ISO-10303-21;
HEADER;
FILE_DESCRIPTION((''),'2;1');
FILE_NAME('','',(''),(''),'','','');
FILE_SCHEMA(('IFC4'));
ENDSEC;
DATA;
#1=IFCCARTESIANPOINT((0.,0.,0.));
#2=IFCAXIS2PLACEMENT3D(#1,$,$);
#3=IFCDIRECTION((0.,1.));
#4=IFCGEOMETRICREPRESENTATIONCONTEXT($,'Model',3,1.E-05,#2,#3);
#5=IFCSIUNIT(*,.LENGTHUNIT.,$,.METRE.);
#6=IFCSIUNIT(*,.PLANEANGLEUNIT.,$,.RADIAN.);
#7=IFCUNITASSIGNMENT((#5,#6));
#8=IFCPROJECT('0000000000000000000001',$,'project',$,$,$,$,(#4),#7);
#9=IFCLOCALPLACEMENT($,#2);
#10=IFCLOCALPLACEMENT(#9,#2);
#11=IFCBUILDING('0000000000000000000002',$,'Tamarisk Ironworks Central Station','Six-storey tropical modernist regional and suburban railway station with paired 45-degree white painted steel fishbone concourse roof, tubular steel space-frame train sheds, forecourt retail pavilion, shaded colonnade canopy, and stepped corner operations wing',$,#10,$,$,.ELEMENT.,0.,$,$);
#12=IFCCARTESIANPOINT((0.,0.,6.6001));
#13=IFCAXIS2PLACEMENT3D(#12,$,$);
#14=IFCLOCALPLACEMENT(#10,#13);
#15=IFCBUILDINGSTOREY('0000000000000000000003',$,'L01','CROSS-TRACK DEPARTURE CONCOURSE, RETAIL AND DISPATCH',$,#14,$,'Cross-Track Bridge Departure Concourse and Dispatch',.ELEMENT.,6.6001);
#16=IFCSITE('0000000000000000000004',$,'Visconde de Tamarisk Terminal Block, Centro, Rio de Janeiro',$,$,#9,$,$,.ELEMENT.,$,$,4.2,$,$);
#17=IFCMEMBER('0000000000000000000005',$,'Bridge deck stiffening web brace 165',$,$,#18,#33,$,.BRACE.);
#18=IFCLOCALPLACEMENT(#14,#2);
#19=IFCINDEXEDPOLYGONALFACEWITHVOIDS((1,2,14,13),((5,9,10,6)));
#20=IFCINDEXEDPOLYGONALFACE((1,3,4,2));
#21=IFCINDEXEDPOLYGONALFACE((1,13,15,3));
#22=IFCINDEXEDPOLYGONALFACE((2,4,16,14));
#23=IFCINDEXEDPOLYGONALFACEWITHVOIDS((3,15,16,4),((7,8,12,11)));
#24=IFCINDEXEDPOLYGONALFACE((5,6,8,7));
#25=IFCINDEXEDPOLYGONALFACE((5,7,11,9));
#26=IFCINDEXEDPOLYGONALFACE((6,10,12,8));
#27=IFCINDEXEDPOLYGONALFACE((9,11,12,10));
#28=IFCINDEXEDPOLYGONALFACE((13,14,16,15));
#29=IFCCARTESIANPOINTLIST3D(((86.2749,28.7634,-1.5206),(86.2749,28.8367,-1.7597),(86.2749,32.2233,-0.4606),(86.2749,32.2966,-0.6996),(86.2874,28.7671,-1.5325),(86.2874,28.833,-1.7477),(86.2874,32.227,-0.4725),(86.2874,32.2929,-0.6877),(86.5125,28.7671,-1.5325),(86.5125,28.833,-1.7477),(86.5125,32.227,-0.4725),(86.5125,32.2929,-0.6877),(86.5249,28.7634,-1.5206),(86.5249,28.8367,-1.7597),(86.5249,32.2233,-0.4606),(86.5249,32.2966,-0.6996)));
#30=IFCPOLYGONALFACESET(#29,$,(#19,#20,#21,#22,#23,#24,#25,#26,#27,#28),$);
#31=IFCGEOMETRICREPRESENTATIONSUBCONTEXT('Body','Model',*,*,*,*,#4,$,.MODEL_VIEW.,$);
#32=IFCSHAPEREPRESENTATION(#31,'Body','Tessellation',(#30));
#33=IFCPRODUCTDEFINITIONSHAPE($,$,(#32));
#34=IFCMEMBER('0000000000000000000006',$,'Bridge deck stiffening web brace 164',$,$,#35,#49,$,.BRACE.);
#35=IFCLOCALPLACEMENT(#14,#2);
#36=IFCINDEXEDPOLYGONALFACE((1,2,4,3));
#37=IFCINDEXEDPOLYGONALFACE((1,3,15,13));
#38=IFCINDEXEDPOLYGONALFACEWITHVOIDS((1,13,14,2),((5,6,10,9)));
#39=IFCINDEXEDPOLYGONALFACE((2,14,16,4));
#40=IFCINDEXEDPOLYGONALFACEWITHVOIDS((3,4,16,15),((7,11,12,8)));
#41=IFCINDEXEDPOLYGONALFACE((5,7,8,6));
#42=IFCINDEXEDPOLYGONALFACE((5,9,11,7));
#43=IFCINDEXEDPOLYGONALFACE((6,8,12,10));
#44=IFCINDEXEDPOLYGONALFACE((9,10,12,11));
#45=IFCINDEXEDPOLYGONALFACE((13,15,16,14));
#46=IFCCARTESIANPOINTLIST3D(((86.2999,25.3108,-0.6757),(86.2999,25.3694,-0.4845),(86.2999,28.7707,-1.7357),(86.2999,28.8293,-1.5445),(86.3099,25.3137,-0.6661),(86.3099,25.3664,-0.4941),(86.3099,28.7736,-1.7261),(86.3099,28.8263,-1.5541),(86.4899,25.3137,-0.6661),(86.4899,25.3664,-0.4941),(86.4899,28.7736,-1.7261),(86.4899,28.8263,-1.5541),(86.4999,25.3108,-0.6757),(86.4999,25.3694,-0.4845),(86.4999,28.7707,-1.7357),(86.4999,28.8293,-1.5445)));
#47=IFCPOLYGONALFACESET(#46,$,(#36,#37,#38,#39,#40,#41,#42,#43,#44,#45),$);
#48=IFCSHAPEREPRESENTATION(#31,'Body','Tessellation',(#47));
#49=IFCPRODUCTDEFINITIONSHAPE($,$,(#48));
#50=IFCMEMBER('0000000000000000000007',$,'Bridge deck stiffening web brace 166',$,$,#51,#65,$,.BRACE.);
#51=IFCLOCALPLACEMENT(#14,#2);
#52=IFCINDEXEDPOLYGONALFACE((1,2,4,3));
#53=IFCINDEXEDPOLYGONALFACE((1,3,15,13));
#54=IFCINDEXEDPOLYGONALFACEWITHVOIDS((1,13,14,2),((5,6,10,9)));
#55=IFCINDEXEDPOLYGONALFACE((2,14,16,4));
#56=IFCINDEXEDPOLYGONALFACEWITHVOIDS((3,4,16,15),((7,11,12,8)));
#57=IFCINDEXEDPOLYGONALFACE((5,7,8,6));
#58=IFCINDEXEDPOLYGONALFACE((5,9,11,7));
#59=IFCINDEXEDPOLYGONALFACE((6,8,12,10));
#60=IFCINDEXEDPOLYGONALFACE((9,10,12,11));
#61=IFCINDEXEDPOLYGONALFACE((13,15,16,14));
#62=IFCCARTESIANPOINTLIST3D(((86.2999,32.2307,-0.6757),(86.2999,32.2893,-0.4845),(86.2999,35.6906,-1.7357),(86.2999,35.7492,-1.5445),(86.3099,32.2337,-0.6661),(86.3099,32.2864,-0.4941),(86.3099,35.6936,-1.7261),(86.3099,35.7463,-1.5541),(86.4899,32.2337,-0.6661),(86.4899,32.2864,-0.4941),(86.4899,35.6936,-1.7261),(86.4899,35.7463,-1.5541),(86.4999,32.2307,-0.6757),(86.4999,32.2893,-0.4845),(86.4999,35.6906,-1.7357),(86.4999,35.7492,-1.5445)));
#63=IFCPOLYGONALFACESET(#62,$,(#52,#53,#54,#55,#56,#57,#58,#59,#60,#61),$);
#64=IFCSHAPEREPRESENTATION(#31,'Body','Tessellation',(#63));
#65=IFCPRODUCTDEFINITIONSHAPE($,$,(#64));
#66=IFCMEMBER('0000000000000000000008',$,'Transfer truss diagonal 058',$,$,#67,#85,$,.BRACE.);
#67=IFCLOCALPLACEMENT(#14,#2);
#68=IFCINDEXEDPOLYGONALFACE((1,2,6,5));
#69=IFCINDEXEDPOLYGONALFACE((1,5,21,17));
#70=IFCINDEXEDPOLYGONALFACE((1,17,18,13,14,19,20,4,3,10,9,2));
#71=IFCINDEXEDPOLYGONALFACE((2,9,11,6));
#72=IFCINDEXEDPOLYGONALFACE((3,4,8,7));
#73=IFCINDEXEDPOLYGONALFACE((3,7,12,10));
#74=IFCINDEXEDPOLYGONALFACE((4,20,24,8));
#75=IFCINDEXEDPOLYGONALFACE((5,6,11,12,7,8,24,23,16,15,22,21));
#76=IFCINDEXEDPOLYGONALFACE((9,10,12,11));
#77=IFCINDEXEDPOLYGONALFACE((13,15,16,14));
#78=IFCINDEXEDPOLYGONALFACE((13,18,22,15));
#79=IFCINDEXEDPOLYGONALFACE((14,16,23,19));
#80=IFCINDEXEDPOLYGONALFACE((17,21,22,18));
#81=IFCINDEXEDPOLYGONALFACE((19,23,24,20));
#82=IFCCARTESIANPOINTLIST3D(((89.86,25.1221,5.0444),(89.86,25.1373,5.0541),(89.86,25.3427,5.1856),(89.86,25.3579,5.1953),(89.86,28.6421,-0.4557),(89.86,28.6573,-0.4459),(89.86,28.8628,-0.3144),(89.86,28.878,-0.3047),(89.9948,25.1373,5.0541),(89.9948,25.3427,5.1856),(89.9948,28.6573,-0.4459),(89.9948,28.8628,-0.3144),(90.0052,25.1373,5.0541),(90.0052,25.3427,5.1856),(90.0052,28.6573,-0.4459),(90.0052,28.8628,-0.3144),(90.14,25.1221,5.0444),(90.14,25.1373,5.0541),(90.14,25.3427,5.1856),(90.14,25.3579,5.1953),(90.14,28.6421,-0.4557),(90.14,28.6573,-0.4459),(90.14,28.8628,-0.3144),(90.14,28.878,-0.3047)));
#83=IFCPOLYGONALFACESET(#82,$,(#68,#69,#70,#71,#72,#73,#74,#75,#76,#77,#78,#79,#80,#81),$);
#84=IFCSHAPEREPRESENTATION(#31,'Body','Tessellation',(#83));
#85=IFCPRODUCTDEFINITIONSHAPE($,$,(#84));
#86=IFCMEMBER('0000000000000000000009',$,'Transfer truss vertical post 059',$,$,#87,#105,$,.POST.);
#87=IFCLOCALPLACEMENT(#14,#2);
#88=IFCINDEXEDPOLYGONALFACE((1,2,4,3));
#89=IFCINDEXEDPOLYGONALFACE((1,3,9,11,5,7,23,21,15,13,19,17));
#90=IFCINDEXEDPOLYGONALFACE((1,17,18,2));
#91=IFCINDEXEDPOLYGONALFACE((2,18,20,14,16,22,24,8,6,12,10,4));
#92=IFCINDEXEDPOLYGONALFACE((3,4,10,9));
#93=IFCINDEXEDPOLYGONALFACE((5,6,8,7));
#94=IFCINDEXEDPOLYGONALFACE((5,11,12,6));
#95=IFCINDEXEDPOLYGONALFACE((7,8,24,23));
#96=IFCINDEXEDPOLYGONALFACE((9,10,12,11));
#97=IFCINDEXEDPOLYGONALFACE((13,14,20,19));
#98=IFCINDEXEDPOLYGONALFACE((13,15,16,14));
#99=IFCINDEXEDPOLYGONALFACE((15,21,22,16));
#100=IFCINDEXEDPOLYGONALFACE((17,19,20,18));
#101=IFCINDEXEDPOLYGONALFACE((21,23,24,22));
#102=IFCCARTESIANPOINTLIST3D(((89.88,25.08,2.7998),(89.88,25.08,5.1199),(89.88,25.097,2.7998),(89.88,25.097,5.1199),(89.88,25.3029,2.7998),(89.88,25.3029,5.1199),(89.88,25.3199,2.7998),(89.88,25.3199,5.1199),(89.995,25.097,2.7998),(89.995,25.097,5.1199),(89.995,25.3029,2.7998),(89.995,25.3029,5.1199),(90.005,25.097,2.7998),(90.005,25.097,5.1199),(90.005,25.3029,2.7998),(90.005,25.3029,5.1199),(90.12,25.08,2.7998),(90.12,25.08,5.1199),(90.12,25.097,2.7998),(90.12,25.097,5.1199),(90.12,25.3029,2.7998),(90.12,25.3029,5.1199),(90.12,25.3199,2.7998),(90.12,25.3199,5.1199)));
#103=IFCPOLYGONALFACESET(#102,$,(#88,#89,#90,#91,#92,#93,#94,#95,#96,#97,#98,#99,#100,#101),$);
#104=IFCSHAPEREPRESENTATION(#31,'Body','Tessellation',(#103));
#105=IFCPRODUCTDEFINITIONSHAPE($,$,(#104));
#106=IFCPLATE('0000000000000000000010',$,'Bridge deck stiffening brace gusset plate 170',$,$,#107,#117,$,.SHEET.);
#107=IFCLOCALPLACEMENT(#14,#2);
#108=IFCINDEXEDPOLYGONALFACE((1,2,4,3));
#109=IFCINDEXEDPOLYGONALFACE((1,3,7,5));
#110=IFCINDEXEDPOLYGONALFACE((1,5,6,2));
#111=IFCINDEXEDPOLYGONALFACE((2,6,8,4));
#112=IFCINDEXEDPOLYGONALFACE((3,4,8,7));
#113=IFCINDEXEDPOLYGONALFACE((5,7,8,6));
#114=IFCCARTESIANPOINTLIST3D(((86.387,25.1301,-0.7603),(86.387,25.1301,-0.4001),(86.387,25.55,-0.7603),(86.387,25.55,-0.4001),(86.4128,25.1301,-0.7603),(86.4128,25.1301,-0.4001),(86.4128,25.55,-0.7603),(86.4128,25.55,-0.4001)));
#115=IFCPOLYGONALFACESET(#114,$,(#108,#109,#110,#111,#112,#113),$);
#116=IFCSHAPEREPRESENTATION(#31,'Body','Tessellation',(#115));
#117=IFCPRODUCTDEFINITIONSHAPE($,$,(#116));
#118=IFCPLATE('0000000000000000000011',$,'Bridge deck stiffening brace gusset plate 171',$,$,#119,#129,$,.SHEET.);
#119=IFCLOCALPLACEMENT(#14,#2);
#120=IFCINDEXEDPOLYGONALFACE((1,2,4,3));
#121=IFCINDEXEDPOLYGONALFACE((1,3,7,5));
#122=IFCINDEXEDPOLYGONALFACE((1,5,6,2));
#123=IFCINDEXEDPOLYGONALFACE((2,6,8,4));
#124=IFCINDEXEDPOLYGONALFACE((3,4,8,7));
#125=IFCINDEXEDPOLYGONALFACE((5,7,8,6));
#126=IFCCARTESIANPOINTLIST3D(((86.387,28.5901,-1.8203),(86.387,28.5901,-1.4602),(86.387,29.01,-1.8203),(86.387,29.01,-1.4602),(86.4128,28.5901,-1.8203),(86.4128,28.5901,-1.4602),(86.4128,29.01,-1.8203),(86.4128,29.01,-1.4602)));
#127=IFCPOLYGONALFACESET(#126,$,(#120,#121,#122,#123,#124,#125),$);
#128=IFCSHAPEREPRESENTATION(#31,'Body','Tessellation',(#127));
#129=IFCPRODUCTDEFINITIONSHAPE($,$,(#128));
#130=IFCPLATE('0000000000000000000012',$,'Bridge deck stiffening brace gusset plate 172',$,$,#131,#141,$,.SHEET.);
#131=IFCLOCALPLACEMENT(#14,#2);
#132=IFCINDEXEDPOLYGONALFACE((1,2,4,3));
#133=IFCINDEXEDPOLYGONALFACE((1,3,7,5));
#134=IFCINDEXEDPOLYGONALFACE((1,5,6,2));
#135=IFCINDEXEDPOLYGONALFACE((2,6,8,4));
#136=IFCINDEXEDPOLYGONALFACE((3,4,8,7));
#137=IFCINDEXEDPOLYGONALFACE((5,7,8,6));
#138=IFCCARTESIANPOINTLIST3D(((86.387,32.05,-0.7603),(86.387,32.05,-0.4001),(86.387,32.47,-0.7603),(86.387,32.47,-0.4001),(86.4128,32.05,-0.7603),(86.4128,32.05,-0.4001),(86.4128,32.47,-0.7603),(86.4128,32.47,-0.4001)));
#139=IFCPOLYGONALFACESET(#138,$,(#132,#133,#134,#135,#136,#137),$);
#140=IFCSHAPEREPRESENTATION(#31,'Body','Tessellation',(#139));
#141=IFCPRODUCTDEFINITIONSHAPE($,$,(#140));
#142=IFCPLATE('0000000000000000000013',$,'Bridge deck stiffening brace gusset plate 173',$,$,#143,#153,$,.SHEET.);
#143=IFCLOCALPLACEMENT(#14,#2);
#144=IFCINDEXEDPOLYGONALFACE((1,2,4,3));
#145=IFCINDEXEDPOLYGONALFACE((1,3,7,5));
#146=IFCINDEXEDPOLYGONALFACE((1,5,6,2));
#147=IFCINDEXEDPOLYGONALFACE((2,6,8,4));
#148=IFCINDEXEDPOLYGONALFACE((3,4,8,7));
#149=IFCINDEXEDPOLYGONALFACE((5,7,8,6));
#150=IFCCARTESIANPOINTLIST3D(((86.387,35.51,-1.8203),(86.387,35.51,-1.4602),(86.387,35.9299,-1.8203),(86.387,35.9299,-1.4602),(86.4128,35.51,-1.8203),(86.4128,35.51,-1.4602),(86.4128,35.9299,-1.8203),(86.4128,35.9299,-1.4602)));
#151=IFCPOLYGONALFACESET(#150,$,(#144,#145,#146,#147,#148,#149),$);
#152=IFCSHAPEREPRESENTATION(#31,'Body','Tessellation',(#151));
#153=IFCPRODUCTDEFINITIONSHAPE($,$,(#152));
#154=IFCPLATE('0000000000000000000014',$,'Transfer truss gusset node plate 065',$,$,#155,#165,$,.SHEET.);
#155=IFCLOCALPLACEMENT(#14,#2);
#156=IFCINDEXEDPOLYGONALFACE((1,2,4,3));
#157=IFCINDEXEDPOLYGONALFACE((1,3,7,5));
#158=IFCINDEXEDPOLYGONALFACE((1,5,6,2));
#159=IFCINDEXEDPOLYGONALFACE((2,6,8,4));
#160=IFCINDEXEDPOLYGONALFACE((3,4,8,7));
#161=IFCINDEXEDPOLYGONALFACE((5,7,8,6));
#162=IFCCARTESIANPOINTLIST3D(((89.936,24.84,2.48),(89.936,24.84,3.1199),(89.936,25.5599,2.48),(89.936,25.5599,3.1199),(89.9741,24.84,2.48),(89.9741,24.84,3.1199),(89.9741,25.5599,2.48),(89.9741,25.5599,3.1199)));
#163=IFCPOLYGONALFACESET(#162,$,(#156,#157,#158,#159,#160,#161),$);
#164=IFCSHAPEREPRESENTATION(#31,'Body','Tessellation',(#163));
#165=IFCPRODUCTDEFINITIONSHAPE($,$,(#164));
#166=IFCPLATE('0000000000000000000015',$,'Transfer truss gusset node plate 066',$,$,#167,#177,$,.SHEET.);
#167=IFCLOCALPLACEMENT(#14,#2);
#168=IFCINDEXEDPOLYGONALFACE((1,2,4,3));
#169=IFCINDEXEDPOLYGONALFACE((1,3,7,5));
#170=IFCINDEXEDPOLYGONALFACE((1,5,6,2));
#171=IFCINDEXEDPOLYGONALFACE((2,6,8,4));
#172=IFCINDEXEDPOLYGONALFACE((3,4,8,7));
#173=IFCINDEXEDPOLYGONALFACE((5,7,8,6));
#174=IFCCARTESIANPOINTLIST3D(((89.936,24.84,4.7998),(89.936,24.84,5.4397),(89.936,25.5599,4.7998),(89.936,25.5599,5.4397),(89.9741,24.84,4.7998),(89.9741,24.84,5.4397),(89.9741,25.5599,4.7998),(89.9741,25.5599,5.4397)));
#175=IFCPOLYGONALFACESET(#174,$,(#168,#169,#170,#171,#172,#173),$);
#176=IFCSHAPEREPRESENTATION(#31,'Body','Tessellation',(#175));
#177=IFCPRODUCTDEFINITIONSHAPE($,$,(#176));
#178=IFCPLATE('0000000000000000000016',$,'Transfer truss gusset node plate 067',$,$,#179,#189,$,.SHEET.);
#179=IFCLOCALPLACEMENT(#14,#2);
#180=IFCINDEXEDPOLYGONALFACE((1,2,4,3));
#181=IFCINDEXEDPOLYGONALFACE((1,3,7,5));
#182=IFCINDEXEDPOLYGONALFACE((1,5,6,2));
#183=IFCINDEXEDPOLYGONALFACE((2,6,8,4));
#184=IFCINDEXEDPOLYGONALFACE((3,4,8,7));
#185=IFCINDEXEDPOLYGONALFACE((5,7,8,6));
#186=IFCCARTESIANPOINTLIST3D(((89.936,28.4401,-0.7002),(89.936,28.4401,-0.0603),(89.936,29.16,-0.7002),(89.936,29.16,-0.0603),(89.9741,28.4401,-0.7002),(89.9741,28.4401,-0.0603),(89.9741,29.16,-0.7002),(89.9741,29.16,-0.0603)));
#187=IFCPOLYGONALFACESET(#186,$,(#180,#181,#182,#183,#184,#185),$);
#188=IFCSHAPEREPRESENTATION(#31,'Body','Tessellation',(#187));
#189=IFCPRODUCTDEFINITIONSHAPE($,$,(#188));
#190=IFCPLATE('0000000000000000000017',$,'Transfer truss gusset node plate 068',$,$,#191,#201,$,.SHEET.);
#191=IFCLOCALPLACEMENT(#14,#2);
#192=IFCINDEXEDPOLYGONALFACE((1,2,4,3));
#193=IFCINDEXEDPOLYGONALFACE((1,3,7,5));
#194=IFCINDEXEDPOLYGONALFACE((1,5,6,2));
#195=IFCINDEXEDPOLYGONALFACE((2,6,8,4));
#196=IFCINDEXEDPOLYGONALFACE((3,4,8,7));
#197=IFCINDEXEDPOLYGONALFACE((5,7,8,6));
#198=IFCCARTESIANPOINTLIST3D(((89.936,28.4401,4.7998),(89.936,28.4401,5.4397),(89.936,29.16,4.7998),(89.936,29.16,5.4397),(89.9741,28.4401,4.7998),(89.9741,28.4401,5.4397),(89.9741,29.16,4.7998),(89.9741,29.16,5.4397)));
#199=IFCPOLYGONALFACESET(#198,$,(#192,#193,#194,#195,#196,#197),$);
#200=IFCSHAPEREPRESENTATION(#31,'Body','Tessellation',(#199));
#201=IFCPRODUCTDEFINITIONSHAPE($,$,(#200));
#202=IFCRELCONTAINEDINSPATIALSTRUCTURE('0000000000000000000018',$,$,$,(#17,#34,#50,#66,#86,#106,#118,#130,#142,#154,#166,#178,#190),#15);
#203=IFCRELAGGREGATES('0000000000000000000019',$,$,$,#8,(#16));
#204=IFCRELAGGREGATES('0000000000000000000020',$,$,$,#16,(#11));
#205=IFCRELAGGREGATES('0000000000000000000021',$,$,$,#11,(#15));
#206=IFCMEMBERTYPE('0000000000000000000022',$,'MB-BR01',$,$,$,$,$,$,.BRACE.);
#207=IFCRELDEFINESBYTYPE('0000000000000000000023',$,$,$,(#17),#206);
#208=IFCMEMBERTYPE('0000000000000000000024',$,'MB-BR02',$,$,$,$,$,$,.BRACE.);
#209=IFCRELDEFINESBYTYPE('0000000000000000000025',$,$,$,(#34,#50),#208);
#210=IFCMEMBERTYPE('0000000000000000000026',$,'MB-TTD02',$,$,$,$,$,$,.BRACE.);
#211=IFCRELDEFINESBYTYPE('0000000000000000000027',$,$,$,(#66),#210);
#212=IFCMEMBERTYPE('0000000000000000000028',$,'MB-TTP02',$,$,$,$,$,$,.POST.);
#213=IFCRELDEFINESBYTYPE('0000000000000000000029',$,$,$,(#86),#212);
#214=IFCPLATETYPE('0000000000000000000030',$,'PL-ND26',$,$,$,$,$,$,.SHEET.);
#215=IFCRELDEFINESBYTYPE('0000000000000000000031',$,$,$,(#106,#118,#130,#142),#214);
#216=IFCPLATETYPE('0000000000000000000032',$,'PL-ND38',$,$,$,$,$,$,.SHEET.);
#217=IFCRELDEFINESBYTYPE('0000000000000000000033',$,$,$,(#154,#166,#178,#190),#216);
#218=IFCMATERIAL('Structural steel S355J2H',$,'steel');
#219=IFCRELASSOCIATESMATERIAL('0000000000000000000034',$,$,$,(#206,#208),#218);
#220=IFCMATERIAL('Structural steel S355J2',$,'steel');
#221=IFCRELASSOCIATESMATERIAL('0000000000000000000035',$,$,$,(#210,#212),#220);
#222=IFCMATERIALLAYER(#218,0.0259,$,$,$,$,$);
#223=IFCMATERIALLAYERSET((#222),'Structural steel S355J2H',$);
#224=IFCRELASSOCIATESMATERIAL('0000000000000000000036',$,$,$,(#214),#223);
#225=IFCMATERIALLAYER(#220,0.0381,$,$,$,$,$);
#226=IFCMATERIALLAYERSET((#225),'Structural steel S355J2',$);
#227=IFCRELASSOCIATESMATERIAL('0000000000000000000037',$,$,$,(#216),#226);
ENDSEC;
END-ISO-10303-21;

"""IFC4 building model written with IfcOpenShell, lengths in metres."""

from ifc_helpers import new_model, si_unit, direction, frame, origin, origin_2d, place, context, subcontext, project, spatial, rectangle, hollow_rectangle, i_section, extrude, material, layer, layer_set, material_profile, profile_set, type_object, element, save


model = new_model("IFC4")

# Units and contexts
model_context = context("Model", 3, precision=1e-05, world=origin(), true_north=direction((0.0, 1.0)))
body_context = subcontext(model_context, "Body", "Model", "MODEL_VIEW")
ifc_project = project(units=[si_unit("LENGTHUNIT", "METRE"), si_unit("PLANEANGLEUNIT", "RADIAN")], contexts=[model_context])

# Site, building, storey
site_placement = place(None, origin())
site = spatial("IfcSite", under=ifc_project, at=site_placement, Name="Visconde de Tamarisk Terminal Block, Centro, Rio de Janeiro", CompositionType="ELEMENT", RefElevation=4.2)
building_placement = place(site_placement, origin())
building = spatial("IfcBuilding", under=site, at=building_placement, Name="Tamarisk Ironworks Central Station", Description="Six-storey tropical modernist regional and suburban railway station with paired 45-degree white painted steel fishbone concourse roof, tubular steel space-frame train sheds, forecourt retail pavilion, shaded colonnade canopy, and stepped corner operations wing", CompositionType="ELEMENT", ElevationOfRefHeight=0.0)
storey_placement = place(building_placement, frame((0.0, 0.0, 6.6001)))
storey = spatial("IfcBuildingStorey", under=building, at=storey_placement, Name="L01", Description="CROSS-TRACK DEPARTURE CONCOURSE, RETAIL AND DISPATCH", LongName="Cross-Track Bridge Departure Concourse and Dispatch", CompositionType="ELEMENT", Elevation=6.6001)

# Members
ifc_material_1 = material(Name="Structural steel S355J2H", Category="steel")
ifc_material_profile_1 = material_profile(ifc_material_1, hollow_rectangle(XDim=0.25, YDim=0.25, WallThickness=0.0125, at=origin_2d()), Name="SHS 250x250x12.5")
ifc_profile_set_1 = profile_set([ifc_material_profile_1], Name="Structural steel S355J2H")
member_type_1 = type_object("IfcMemberType", Name="MB-BR01", PredefinedType="BRACE", material=ifc_profile_set_1)
member_1_placement = place(storey_placement, frame((86.3999, 28.8, -1.6401), z_axis=(0.0, 0.956131, 0.292938), x_axis=(-1.0, 0.0, 0.0)))
element("IfcMember", 1, at=member_1_placement, inside=storey, type_object=member_type_1, Name="Bridge deck stiffening web brace 165", PredefinedType="BRACE", context=body_context, shape_type="SweptSolid", body=[
    extrude(hollow_rectangle(XDim=0.25, YDim=0.25, WallThickness=0.0125, at=origin_2d()), origin(), (0.0, 0.0, 1.0), 3.6187),
])
ifc_material_profile_2 = material_profile(ifc_material_1, hollow_rectangle(XDim=0.2, YDim=0.2, WallThickness=0.01, at=origin_2d()), Name="SHS 200x200x10")
ifc_profile_set_2 = profile_set([ifc_material_profile_2], Name="Structural steel S355J2H")
member_type_2 = type_object("IfcMemberType", Name="MB-BR02", PredefinedType="BRACE", material=ifc_profile_set_2)
for number, where, z_axis, x_axis, name in (
    (2, (86.3999, 25.3401, -0.5801), (0.0, 0.956131, -0.292938), (-1.0, 0.0, 0.0), "Bridge deck stiffening web brace 164"),
    (3, (86.3999, 32.26, -0.5801), (0.0, 0.956131, -0.292938), (-1.0, 0.0, 0.0), "Bridge deck stiffening web brace 166"),
):
    element("IfcMember", number, at=place(storey_placement, frame(where, z_axis=z_axis, x_axis=x_axis)), inside=storey, type_object=member_type_2, Name=name, PredefinedType="BRACE", context=body_context, shape_type="SweptSolid", body=[
        extrude(hollow_rectangle(XDim=0.2, YDim=0.2, WallThickness=0.01, at=origin_2d()), origin(), (0.0, 0.0, 1.0), 3.6187),
    ])
ifc_material_2 = material(Name="Structural steel S355J2", Category="steel")
ifc_material_profile_3 = material_profile(ifc_material_2, i_section(OverallWidth=0.28, OverallDepth=0.28, WebThickness=0.0105, FlangeThickness=0.0181, at=origin_2d()), Name="HEB 280")
ifc_profile_set_3 = profile_set([ifc_material_profile_3], Name="Structural steel S355J2")
member_type_3 = type_object("IfcMemberType", Name="MB-TTD02", PredefinedType="BRACE", material=ifc_profile_set_3)
member_2_placement = place(storey_placement, frame((90.0, 25.24, 5.1199), z_axis=(0.0, 0.539056, -0.84227), x_axis=(-1.0, 0.0, 0.0)))
element("IfcMember", 4, at=member_2_placement, inside=storey, type_object=member_type_3, Name="Transfer truss diagonal 058", PredefinedType="BRACE", context=body_context, shape_type="SweptSolid", body=[
    extrude(i_section(OverallWidth=0.28, OverallDepth=0.28, WebThickness=0.0105, FlangeThickness=0.0181, at=origin_2d()), origin(), (0.0, 0.0, 1.0), 6.53),
])
ifc_material_profile_4 = material_profile(ifc_material_2, i_section(OverallWidth=0.24, OverallDepth=0.24, WebThickness=0.01, FlangeThickness=0.0171, at=origin_2d()), Name="HEB 240")
ifc_profile_set_4 = profile_set([ifc_material_profile_4], Name="Structural steel S355J2")
member_type_4 = type_object("IfcMemberType", Name="MB-TTP02", PredefinedType="POST", material=ifc_profile_set_4)
member_3_placement = place(storey_placement, frame((90.0, 25.2, 2.7998), z_axis=(0.0, 0.0, 1.0), x_axis=(1.0, 0.0, 0.0)))
element("IfcMember", 5, at=member_3_placement, inside=storey, type_object=member_type_4, Name="Transfer truss vertical post 059", PredefinedType="POST", context=body_context, shape_type="SweptSolid", body=[
    extrude(i_section(OverallWidth=0.24, OverallDepth=0.24, WebThickness=0.01, FlangeThickness=0.0171, at=origin_2d()), origin(), (0.0, 0.0, 1.0), 2.3201),
])

# Plates
ifc_layer_1 = layer(ifc_material_1, 0.0259)
ifc_layer_set_1 = layer_set([ifc_layer_1], Name="Structural steel S355J2H")
plate_type_1 = type_object("IfcPlateType", Name="PL-ND26", PredefinedType="SHEET", material=ifc_layer_set_1)
for number, where, z_axis, x_axis, name in (
    (6, (86.3999, 25.3401, -0.7603), (0.0, 0.0, 1.0), (1.0, 0.0, 0.0), "Bridge deck stiffening brace gusset plate 170"),
    (7, (86.3999, 28.8, -1.8203), (0.0, 0.0, 1.0), (1.0, 0.0, 0.0), "Bridge deck stiffening brace gusset plate 171"),
    (8, (86.3999, 32.26, -0.7603), (0.0, 0.0, 1.0), (1.0, 0.0, 0.0), "Bridge deck stiffening brace gusset plate 172"),
    (9, (86.3999, 35.72, -1.8203), (0.0, 0.0, 1.0), (1.0, 0.0, 0.0), "Bridge deck stiffening brace gusset plate 173"),
):
    element("IfcPlate", number, at=place(storey_placement, frame(where, z_axis=z_axis, x_axis=x_axis)), inside=storey, type_object=plate_type_1, Name=name, PredefinedType="SHEET", context=body_context, shape_type="SweptSolid", body=[
        extrude(rectangle(XDim=0.0259, YDim=0.4199, at=origin_2d()), origin(), (0.0, 0.0, 1.0), 0.3601),
    ])
ifc_layer_2 = layer(ifc_material_2, 0.0381)
ifc_layer_set_2 = layer_set([ifc_layer_2], Name="Structural steel S355J2")
plate_type_2 = type_object("IfcPlateType", Name="PL-ND38", PredefinedType="SHEET", material=ifc_layer_set_2)
for number, where, z_axis, x_axis, name in (
    (10, (89.9551, 25.2, 2.48), (0.0, 0.0, 1.0), (1.0, 0.0, 0.0), "Transfer truss gusset node plate 065"),
    (11, (89.9551, 25.2, 4.7998), (0.0, 0.0, 1.0), (1.0, 0.0, 0.0), "Transfer truss gusset node plate 066"),
    (12, (89.9551, 28.8, -0.7002), (0.0, 0.0, 1.0), (1.0, 0.0, 0.0), "Transfer truss gusset node plate 067"),
    (13, (89.9551, 28.8, 4.7998), (0.0, 0.0, 1.0), (1.0, 0.0, 0.0), "Transfer truss gusset node plate 068"),
):
    element("IfcPlate", number, at=place(storey_placement, frame(where, z_axis=z_axis, x_axis=x_axis)), inside=storey, type_object=plate_type_2, Name=name, PredefinedType="SHEET", context=body_context, shape_type="SweptSolid", body=[
        extrude(rectangle(XDim=0.0381, YDim=0.72, at=origin_2d()), origin(), (0.0, 0.0, 1.0), 0.6399),
    ])

save(model, "model.ifc")
